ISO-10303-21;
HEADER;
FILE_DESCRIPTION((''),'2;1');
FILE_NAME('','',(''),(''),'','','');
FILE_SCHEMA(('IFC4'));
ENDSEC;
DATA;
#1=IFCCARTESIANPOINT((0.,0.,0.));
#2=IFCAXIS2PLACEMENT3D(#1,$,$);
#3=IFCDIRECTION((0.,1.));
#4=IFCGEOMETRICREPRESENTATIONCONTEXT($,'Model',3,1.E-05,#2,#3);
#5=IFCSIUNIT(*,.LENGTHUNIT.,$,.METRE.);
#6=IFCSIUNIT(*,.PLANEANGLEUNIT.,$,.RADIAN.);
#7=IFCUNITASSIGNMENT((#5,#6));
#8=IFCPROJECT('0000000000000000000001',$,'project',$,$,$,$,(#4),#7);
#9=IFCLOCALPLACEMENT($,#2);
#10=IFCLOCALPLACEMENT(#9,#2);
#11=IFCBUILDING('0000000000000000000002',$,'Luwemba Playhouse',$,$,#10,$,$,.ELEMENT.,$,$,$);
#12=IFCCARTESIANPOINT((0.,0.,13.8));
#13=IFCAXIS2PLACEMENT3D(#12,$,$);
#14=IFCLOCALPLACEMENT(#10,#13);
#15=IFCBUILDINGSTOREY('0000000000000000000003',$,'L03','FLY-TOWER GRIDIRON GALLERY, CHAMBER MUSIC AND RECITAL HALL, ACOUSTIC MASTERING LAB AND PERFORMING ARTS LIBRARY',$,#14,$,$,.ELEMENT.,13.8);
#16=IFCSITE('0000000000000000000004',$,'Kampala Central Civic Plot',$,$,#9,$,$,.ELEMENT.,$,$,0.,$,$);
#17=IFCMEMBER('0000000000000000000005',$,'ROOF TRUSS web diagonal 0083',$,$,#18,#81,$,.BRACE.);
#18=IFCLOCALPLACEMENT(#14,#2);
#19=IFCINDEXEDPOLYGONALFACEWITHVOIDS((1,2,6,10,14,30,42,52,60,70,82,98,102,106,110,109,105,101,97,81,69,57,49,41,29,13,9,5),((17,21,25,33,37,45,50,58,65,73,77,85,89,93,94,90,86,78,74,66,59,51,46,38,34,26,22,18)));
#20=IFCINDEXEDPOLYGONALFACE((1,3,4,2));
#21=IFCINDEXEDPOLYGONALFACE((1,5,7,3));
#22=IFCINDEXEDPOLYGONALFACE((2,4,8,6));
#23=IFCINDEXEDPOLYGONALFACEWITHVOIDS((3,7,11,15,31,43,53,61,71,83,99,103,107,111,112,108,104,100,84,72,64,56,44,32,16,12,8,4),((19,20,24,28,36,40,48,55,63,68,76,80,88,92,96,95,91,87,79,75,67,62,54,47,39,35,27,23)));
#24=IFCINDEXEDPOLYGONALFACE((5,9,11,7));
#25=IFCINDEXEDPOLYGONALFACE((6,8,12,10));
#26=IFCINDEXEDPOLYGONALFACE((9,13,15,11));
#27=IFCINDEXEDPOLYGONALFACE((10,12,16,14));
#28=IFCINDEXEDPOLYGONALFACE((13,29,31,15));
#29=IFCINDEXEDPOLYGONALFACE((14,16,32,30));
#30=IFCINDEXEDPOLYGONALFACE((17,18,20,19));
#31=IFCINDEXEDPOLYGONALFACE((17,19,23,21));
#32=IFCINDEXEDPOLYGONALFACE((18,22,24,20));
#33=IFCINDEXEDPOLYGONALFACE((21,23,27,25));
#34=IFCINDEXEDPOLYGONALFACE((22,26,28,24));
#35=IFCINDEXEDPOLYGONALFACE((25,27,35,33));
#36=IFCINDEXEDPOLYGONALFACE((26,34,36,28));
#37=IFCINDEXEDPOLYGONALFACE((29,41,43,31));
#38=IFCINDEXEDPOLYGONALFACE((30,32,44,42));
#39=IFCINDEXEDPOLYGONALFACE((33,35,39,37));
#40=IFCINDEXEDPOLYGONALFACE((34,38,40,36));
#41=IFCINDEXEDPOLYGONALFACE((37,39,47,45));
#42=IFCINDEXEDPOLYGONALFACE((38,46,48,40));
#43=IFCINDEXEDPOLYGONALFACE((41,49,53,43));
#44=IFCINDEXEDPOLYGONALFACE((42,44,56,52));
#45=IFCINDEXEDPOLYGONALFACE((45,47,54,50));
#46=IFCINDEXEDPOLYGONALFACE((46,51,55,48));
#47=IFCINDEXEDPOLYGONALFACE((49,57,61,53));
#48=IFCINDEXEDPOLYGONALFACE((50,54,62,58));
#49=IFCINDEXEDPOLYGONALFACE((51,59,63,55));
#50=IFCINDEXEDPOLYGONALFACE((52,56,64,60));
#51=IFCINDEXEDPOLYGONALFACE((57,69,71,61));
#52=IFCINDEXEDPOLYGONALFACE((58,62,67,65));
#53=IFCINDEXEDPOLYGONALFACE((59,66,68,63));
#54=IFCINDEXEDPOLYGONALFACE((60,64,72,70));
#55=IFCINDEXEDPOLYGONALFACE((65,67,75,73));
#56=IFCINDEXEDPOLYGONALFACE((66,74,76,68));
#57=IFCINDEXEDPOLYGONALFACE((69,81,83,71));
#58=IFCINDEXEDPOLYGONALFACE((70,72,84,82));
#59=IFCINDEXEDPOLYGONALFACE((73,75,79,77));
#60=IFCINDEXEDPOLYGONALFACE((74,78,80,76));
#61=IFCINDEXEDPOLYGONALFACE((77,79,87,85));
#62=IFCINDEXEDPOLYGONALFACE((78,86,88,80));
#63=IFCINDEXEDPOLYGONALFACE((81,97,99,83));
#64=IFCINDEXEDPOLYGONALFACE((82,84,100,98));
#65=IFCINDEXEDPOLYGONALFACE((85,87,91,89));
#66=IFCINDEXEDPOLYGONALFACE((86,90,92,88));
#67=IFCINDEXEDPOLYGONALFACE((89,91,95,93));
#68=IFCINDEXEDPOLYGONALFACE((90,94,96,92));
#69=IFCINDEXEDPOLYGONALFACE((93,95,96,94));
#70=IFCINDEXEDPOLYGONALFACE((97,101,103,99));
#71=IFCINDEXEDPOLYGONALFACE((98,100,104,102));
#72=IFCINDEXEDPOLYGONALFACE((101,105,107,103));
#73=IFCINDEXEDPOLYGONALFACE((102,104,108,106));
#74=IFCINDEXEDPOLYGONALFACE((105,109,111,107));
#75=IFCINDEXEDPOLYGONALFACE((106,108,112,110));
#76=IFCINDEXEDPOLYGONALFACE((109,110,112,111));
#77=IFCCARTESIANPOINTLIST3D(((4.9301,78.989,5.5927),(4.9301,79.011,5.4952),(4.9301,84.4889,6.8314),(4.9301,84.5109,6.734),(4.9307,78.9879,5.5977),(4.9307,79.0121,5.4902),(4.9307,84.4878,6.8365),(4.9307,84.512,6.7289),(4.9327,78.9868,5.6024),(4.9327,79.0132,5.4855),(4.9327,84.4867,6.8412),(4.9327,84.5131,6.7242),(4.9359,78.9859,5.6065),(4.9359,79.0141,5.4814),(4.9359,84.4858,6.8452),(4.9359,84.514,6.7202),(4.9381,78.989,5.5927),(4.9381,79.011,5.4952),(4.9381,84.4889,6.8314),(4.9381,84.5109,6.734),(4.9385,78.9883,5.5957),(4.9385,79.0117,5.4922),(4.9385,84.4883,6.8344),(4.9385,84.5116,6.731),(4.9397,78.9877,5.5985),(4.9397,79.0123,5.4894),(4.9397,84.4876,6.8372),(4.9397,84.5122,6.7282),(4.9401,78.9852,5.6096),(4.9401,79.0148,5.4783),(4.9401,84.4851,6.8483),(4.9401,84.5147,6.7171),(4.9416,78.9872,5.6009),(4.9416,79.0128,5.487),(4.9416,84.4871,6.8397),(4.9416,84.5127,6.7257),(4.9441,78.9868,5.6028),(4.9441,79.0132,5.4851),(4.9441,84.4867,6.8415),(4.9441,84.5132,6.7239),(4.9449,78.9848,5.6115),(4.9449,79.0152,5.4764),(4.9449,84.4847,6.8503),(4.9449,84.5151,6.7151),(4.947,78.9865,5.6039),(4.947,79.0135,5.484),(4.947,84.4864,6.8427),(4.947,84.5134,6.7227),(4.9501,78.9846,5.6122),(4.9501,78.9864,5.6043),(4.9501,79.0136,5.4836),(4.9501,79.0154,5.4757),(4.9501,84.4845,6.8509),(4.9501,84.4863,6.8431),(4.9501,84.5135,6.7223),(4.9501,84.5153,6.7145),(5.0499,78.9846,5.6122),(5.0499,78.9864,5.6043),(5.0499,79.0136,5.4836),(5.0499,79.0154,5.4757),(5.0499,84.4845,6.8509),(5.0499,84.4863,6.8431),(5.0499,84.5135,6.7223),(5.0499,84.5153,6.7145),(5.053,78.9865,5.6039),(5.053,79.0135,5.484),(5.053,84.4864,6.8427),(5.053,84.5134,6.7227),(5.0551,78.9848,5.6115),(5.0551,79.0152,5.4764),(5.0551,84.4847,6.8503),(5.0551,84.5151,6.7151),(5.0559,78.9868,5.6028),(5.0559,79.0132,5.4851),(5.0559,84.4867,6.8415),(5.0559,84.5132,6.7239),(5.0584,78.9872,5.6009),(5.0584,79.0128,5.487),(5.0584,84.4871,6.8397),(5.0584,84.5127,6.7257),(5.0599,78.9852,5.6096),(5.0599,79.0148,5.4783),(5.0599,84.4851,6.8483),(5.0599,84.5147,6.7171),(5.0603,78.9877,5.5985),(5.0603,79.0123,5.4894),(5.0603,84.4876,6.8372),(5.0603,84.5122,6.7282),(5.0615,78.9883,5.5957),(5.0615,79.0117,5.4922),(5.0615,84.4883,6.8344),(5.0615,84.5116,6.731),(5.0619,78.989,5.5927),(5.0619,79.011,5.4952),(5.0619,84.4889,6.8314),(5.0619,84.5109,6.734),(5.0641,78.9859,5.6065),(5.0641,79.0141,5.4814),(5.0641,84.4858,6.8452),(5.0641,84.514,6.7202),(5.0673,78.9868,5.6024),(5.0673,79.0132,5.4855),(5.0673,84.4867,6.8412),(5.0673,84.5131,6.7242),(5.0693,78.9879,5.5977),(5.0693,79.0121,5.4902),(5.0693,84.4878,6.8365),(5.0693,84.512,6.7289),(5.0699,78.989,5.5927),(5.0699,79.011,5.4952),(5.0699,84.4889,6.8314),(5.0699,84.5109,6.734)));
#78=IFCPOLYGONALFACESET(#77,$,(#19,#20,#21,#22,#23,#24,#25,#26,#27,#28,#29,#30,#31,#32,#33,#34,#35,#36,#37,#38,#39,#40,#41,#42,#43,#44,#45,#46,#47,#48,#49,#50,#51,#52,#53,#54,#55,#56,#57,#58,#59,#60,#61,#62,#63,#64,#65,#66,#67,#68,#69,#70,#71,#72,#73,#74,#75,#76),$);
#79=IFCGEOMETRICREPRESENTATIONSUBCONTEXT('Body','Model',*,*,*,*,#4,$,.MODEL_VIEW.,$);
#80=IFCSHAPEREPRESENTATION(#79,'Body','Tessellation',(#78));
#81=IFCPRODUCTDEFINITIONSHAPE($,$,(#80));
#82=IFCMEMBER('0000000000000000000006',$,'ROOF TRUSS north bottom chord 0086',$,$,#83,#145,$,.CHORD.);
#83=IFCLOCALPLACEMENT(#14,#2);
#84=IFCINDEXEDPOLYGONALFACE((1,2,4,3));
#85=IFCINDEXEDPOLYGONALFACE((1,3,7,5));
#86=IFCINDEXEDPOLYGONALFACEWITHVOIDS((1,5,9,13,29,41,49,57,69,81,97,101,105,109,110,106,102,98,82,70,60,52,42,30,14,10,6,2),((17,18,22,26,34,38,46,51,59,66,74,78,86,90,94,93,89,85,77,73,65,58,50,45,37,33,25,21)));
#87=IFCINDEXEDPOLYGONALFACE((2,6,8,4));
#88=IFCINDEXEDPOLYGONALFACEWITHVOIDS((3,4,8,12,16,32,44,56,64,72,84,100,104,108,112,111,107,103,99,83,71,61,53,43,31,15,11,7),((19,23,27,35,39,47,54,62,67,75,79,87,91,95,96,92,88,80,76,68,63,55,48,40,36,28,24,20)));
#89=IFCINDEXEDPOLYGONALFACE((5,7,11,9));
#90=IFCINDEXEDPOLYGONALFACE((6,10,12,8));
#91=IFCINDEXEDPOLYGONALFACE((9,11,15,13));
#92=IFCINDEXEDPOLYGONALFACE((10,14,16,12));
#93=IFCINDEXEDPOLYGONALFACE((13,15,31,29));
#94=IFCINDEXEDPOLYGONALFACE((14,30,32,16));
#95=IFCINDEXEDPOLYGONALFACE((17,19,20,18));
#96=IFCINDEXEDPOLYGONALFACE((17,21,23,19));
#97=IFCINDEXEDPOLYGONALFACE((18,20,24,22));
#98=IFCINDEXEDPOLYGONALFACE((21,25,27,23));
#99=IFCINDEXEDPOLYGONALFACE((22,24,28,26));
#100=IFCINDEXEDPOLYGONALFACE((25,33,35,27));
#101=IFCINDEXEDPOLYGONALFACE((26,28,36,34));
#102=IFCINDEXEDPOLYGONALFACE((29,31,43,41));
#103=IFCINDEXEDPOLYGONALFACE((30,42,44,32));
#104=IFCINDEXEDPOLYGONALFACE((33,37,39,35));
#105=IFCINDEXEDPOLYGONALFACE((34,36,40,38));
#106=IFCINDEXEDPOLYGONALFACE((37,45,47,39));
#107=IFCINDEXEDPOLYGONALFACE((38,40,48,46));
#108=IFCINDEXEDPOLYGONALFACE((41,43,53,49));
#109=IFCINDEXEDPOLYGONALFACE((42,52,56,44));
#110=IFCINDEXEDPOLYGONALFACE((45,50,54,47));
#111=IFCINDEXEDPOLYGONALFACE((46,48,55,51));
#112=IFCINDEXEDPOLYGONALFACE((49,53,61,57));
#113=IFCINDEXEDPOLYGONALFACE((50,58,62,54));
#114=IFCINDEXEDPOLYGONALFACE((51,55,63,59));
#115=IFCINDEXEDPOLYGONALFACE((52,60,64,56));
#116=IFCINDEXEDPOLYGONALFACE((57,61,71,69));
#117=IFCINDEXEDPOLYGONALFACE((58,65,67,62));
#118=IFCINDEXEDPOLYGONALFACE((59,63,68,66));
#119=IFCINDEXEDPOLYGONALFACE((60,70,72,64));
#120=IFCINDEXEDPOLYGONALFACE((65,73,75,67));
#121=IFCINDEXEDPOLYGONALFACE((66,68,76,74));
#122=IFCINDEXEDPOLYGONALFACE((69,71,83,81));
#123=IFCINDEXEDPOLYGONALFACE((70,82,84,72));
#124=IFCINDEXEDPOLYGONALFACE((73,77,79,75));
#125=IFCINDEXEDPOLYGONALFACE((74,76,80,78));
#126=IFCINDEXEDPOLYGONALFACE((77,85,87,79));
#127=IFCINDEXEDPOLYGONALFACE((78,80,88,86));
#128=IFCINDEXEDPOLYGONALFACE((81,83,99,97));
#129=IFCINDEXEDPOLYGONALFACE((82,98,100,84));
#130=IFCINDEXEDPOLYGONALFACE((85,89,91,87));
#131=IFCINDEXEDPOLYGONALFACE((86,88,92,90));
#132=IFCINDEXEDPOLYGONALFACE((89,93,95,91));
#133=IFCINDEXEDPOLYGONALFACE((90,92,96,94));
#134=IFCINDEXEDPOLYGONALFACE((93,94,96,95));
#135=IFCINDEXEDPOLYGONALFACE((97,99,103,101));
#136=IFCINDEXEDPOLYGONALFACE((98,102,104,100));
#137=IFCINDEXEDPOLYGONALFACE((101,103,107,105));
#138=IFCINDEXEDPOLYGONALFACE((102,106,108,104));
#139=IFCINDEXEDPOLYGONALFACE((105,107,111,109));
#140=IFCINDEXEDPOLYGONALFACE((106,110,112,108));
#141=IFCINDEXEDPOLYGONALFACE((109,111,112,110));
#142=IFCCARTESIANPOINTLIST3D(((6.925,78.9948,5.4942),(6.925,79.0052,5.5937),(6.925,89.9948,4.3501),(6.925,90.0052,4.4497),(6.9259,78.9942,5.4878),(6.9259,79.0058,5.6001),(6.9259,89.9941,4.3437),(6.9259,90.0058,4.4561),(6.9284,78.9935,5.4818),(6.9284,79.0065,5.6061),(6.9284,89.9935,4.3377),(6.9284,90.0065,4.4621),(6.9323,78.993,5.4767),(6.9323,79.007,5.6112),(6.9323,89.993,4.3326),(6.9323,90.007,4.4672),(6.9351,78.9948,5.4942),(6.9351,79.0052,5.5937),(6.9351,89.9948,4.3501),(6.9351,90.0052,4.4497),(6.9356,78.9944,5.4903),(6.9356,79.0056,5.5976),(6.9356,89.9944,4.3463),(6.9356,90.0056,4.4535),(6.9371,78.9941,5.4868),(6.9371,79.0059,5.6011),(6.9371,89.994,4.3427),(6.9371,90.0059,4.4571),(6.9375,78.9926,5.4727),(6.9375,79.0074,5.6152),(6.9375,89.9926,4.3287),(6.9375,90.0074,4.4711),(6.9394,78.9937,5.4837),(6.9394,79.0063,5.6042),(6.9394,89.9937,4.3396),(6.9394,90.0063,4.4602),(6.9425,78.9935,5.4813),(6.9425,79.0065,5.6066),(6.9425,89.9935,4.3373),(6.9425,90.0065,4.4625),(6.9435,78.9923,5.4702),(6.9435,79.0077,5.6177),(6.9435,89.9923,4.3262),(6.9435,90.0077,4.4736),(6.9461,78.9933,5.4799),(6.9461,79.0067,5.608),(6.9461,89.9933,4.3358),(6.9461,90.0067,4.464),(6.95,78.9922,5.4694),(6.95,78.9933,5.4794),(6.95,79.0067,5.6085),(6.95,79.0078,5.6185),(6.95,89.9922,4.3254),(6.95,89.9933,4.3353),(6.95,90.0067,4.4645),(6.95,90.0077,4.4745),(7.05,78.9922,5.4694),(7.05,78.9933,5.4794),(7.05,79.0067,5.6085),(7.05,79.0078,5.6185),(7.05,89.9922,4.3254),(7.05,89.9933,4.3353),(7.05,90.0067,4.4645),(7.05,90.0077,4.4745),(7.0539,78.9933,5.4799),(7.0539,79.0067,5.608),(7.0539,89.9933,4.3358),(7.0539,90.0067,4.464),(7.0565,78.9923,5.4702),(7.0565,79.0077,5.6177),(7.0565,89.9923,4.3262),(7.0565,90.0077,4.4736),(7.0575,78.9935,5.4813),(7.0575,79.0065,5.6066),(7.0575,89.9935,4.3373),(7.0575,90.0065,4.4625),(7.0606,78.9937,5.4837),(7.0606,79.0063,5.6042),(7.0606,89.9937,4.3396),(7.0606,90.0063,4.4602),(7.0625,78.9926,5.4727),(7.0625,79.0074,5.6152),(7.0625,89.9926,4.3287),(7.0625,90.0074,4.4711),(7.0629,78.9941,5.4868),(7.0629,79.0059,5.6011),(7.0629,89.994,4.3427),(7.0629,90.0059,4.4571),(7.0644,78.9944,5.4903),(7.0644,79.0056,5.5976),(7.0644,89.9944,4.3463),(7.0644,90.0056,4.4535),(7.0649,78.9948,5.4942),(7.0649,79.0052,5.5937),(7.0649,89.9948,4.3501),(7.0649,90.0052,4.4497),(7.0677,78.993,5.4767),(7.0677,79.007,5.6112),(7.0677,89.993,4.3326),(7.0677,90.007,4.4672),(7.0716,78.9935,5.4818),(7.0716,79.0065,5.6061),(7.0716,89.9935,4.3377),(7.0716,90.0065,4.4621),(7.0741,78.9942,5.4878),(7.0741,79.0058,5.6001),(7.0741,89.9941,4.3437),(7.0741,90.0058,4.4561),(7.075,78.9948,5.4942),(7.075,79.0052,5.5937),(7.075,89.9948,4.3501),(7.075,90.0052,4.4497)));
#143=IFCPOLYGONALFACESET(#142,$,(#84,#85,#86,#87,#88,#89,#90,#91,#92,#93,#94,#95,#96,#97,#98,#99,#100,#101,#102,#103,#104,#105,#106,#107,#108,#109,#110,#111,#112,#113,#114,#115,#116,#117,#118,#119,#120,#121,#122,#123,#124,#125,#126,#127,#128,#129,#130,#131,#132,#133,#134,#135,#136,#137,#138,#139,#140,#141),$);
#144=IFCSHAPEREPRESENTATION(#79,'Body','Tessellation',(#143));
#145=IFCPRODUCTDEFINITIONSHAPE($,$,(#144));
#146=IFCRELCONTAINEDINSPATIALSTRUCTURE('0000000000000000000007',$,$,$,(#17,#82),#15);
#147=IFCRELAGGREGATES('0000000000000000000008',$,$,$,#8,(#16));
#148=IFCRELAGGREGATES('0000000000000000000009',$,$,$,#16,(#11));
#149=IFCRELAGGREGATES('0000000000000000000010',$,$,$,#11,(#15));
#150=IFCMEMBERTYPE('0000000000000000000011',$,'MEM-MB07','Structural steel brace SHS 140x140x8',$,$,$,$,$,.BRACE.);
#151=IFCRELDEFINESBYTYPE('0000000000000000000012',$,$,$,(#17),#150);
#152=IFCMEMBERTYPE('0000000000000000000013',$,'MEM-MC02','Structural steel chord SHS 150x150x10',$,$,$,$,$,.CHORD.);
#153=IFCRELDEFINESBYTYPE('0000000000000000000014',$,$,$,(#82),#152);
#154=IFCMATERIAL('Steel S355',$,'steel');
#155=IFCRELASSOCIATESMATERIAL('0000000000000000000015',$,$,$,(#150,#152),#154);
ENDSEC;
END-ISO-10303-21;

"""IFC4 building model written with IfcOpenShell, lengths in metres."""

from ifc_helpers import new_model, si_unit, direction, frame, origin, origin_2d, place, context, subcontext, project, spatial, hollow_rectangle, extrude, material, material_profile, profile_set, type_object, element, save


model = new_model("IFC4")

# Units and contexts
model_context = context("Model", 3, precision=1e-05, world=origin(), true_north=direction((0.0, 1.0)))
body_context = subcontext(model_context, "Body", "Model", "MODEL_VIEW")
ifc_project = project(units=[si_unit("LENGTHUNIT", "METRE"), si_unit("PLANEANGLEUNIT", "RADIAN")], contexts=[model_context])

# Site, building, storey
site_placement = place(None, origin())
site = spatial("IfcSite", under=ifc_project, at=site_placement, Name="Kampala Central Civic Plot", CompositionType="ELEMENT", RefElevation=0.0)
building_placement = place(site_placement, origin())
building = spatial("IfcBuilding", under=site, at=building_placement, Name="Luwemba Playhouse", CompositionType="ELEMENT")
storey_placement = place(building_placement, frame((0.0, 0.0, 13.8)))
storey = spatial("IfcBuildingStorey", under=building, at=storey_placement, Name="L03", Description="FLY-TOWER GRIDIRON GALLERY, CHAMBER MUSIC AND RECITAL HALL, ACOUSTIC MASTERING LAB AND PERFORMING ARTS LIBRARY", CompositionType="ELEMENT", Elevation=13.8)

# Shared definitions
ifc_material_1 = material(Name="Steel S355", Category="steel")

# Members
ifc_material_profile_1 = material_profile(ifc_material_1, hollow_rectangle(XDim=0.1399, YDim=0.1399, WallThickness=0.0081, InnerFilletRadius=0.012, OuterFilletRadius=0.02, at=origin_2d()))
ifc_profile_set_1 = profile_set([ifc_material_profile_1], Name="Steel S355")
member_type_1 = type_object("IfcMemberType", Name="MEM-MB07", Description="Structural steel brace SHS 140x140x8", PredefinedType="BRACE", material=ifc_profile_set_1)
for number, where, z_axis, x_axis, name in (
    (1, (5.0, 79.0, 5.5439), (0.0, 0.975562, 0.219727), (-1.0, 0.0, 0.0), "ROOF TRUSS web diagonal 0083"),
):
    element("IfcMember", number, at=place(storey_placement, frame(where, z_axis=z_axis, x_axis=x_axis)), inside=storey, type_object=member_type_1, Name=name, PredefinedType="BRACE", context=body_context, shape_type="SweptSolid", body=[
        extrude(hollow_rectangle(XDim=0.1399, YDim=0.1399, WallThickness=0.0081, InnerFilletRadius=0.012, OuterFilletRadius=0.02, at=origin_2d()), origin(), (0.0, 0.0, 1.0), 5.6377),
    ])
ifc_material_profile_2 = material_profile(ifc_material_1, hollow_rectangle(XDim=0.1499, YDim=0.1499, WallThickness=0.01, InnerFilletRadius=0.0149, OuterFilletRadius=0.0249, at=origin_2d()))
ifc_profile_set_2 = profile_set([ifc_material_profile_2], Name="Steel S355")
member_type_2 = type_object("IfcMemberType", Name="MEM-MC02", Description="Structural steel chord SHS 150x150x10", PredefinedType="CHORD", material=ifc_profile_set_2)
member_1_placement = place(storey_placement, frame((7.0, 79.0, 5.5439), z_axis=(0.0, 0.994635, -0.103446), x_axis=(-1.0, 0.0, 0.0)))
element("IfcMember", 2, at=member_1_placement, inside=storey, type_object=member_type_2, Name="ROOF TRUSS north bottom chord 0086", PredefinedType="CHORD", context=body_context, shape_type="SweptSolid", body=[
    extrude(hollow_rectangle(XDim=0.1499, YDim=0.1499, WallThickness=0.01, InnerFilletRadius=0.0149, OuterFilletRadius=0.0249, at=origin_2d()), origin(), (0.0, 0.0, 1.0), 11.0593),
])

save(model, "model.ifc")
